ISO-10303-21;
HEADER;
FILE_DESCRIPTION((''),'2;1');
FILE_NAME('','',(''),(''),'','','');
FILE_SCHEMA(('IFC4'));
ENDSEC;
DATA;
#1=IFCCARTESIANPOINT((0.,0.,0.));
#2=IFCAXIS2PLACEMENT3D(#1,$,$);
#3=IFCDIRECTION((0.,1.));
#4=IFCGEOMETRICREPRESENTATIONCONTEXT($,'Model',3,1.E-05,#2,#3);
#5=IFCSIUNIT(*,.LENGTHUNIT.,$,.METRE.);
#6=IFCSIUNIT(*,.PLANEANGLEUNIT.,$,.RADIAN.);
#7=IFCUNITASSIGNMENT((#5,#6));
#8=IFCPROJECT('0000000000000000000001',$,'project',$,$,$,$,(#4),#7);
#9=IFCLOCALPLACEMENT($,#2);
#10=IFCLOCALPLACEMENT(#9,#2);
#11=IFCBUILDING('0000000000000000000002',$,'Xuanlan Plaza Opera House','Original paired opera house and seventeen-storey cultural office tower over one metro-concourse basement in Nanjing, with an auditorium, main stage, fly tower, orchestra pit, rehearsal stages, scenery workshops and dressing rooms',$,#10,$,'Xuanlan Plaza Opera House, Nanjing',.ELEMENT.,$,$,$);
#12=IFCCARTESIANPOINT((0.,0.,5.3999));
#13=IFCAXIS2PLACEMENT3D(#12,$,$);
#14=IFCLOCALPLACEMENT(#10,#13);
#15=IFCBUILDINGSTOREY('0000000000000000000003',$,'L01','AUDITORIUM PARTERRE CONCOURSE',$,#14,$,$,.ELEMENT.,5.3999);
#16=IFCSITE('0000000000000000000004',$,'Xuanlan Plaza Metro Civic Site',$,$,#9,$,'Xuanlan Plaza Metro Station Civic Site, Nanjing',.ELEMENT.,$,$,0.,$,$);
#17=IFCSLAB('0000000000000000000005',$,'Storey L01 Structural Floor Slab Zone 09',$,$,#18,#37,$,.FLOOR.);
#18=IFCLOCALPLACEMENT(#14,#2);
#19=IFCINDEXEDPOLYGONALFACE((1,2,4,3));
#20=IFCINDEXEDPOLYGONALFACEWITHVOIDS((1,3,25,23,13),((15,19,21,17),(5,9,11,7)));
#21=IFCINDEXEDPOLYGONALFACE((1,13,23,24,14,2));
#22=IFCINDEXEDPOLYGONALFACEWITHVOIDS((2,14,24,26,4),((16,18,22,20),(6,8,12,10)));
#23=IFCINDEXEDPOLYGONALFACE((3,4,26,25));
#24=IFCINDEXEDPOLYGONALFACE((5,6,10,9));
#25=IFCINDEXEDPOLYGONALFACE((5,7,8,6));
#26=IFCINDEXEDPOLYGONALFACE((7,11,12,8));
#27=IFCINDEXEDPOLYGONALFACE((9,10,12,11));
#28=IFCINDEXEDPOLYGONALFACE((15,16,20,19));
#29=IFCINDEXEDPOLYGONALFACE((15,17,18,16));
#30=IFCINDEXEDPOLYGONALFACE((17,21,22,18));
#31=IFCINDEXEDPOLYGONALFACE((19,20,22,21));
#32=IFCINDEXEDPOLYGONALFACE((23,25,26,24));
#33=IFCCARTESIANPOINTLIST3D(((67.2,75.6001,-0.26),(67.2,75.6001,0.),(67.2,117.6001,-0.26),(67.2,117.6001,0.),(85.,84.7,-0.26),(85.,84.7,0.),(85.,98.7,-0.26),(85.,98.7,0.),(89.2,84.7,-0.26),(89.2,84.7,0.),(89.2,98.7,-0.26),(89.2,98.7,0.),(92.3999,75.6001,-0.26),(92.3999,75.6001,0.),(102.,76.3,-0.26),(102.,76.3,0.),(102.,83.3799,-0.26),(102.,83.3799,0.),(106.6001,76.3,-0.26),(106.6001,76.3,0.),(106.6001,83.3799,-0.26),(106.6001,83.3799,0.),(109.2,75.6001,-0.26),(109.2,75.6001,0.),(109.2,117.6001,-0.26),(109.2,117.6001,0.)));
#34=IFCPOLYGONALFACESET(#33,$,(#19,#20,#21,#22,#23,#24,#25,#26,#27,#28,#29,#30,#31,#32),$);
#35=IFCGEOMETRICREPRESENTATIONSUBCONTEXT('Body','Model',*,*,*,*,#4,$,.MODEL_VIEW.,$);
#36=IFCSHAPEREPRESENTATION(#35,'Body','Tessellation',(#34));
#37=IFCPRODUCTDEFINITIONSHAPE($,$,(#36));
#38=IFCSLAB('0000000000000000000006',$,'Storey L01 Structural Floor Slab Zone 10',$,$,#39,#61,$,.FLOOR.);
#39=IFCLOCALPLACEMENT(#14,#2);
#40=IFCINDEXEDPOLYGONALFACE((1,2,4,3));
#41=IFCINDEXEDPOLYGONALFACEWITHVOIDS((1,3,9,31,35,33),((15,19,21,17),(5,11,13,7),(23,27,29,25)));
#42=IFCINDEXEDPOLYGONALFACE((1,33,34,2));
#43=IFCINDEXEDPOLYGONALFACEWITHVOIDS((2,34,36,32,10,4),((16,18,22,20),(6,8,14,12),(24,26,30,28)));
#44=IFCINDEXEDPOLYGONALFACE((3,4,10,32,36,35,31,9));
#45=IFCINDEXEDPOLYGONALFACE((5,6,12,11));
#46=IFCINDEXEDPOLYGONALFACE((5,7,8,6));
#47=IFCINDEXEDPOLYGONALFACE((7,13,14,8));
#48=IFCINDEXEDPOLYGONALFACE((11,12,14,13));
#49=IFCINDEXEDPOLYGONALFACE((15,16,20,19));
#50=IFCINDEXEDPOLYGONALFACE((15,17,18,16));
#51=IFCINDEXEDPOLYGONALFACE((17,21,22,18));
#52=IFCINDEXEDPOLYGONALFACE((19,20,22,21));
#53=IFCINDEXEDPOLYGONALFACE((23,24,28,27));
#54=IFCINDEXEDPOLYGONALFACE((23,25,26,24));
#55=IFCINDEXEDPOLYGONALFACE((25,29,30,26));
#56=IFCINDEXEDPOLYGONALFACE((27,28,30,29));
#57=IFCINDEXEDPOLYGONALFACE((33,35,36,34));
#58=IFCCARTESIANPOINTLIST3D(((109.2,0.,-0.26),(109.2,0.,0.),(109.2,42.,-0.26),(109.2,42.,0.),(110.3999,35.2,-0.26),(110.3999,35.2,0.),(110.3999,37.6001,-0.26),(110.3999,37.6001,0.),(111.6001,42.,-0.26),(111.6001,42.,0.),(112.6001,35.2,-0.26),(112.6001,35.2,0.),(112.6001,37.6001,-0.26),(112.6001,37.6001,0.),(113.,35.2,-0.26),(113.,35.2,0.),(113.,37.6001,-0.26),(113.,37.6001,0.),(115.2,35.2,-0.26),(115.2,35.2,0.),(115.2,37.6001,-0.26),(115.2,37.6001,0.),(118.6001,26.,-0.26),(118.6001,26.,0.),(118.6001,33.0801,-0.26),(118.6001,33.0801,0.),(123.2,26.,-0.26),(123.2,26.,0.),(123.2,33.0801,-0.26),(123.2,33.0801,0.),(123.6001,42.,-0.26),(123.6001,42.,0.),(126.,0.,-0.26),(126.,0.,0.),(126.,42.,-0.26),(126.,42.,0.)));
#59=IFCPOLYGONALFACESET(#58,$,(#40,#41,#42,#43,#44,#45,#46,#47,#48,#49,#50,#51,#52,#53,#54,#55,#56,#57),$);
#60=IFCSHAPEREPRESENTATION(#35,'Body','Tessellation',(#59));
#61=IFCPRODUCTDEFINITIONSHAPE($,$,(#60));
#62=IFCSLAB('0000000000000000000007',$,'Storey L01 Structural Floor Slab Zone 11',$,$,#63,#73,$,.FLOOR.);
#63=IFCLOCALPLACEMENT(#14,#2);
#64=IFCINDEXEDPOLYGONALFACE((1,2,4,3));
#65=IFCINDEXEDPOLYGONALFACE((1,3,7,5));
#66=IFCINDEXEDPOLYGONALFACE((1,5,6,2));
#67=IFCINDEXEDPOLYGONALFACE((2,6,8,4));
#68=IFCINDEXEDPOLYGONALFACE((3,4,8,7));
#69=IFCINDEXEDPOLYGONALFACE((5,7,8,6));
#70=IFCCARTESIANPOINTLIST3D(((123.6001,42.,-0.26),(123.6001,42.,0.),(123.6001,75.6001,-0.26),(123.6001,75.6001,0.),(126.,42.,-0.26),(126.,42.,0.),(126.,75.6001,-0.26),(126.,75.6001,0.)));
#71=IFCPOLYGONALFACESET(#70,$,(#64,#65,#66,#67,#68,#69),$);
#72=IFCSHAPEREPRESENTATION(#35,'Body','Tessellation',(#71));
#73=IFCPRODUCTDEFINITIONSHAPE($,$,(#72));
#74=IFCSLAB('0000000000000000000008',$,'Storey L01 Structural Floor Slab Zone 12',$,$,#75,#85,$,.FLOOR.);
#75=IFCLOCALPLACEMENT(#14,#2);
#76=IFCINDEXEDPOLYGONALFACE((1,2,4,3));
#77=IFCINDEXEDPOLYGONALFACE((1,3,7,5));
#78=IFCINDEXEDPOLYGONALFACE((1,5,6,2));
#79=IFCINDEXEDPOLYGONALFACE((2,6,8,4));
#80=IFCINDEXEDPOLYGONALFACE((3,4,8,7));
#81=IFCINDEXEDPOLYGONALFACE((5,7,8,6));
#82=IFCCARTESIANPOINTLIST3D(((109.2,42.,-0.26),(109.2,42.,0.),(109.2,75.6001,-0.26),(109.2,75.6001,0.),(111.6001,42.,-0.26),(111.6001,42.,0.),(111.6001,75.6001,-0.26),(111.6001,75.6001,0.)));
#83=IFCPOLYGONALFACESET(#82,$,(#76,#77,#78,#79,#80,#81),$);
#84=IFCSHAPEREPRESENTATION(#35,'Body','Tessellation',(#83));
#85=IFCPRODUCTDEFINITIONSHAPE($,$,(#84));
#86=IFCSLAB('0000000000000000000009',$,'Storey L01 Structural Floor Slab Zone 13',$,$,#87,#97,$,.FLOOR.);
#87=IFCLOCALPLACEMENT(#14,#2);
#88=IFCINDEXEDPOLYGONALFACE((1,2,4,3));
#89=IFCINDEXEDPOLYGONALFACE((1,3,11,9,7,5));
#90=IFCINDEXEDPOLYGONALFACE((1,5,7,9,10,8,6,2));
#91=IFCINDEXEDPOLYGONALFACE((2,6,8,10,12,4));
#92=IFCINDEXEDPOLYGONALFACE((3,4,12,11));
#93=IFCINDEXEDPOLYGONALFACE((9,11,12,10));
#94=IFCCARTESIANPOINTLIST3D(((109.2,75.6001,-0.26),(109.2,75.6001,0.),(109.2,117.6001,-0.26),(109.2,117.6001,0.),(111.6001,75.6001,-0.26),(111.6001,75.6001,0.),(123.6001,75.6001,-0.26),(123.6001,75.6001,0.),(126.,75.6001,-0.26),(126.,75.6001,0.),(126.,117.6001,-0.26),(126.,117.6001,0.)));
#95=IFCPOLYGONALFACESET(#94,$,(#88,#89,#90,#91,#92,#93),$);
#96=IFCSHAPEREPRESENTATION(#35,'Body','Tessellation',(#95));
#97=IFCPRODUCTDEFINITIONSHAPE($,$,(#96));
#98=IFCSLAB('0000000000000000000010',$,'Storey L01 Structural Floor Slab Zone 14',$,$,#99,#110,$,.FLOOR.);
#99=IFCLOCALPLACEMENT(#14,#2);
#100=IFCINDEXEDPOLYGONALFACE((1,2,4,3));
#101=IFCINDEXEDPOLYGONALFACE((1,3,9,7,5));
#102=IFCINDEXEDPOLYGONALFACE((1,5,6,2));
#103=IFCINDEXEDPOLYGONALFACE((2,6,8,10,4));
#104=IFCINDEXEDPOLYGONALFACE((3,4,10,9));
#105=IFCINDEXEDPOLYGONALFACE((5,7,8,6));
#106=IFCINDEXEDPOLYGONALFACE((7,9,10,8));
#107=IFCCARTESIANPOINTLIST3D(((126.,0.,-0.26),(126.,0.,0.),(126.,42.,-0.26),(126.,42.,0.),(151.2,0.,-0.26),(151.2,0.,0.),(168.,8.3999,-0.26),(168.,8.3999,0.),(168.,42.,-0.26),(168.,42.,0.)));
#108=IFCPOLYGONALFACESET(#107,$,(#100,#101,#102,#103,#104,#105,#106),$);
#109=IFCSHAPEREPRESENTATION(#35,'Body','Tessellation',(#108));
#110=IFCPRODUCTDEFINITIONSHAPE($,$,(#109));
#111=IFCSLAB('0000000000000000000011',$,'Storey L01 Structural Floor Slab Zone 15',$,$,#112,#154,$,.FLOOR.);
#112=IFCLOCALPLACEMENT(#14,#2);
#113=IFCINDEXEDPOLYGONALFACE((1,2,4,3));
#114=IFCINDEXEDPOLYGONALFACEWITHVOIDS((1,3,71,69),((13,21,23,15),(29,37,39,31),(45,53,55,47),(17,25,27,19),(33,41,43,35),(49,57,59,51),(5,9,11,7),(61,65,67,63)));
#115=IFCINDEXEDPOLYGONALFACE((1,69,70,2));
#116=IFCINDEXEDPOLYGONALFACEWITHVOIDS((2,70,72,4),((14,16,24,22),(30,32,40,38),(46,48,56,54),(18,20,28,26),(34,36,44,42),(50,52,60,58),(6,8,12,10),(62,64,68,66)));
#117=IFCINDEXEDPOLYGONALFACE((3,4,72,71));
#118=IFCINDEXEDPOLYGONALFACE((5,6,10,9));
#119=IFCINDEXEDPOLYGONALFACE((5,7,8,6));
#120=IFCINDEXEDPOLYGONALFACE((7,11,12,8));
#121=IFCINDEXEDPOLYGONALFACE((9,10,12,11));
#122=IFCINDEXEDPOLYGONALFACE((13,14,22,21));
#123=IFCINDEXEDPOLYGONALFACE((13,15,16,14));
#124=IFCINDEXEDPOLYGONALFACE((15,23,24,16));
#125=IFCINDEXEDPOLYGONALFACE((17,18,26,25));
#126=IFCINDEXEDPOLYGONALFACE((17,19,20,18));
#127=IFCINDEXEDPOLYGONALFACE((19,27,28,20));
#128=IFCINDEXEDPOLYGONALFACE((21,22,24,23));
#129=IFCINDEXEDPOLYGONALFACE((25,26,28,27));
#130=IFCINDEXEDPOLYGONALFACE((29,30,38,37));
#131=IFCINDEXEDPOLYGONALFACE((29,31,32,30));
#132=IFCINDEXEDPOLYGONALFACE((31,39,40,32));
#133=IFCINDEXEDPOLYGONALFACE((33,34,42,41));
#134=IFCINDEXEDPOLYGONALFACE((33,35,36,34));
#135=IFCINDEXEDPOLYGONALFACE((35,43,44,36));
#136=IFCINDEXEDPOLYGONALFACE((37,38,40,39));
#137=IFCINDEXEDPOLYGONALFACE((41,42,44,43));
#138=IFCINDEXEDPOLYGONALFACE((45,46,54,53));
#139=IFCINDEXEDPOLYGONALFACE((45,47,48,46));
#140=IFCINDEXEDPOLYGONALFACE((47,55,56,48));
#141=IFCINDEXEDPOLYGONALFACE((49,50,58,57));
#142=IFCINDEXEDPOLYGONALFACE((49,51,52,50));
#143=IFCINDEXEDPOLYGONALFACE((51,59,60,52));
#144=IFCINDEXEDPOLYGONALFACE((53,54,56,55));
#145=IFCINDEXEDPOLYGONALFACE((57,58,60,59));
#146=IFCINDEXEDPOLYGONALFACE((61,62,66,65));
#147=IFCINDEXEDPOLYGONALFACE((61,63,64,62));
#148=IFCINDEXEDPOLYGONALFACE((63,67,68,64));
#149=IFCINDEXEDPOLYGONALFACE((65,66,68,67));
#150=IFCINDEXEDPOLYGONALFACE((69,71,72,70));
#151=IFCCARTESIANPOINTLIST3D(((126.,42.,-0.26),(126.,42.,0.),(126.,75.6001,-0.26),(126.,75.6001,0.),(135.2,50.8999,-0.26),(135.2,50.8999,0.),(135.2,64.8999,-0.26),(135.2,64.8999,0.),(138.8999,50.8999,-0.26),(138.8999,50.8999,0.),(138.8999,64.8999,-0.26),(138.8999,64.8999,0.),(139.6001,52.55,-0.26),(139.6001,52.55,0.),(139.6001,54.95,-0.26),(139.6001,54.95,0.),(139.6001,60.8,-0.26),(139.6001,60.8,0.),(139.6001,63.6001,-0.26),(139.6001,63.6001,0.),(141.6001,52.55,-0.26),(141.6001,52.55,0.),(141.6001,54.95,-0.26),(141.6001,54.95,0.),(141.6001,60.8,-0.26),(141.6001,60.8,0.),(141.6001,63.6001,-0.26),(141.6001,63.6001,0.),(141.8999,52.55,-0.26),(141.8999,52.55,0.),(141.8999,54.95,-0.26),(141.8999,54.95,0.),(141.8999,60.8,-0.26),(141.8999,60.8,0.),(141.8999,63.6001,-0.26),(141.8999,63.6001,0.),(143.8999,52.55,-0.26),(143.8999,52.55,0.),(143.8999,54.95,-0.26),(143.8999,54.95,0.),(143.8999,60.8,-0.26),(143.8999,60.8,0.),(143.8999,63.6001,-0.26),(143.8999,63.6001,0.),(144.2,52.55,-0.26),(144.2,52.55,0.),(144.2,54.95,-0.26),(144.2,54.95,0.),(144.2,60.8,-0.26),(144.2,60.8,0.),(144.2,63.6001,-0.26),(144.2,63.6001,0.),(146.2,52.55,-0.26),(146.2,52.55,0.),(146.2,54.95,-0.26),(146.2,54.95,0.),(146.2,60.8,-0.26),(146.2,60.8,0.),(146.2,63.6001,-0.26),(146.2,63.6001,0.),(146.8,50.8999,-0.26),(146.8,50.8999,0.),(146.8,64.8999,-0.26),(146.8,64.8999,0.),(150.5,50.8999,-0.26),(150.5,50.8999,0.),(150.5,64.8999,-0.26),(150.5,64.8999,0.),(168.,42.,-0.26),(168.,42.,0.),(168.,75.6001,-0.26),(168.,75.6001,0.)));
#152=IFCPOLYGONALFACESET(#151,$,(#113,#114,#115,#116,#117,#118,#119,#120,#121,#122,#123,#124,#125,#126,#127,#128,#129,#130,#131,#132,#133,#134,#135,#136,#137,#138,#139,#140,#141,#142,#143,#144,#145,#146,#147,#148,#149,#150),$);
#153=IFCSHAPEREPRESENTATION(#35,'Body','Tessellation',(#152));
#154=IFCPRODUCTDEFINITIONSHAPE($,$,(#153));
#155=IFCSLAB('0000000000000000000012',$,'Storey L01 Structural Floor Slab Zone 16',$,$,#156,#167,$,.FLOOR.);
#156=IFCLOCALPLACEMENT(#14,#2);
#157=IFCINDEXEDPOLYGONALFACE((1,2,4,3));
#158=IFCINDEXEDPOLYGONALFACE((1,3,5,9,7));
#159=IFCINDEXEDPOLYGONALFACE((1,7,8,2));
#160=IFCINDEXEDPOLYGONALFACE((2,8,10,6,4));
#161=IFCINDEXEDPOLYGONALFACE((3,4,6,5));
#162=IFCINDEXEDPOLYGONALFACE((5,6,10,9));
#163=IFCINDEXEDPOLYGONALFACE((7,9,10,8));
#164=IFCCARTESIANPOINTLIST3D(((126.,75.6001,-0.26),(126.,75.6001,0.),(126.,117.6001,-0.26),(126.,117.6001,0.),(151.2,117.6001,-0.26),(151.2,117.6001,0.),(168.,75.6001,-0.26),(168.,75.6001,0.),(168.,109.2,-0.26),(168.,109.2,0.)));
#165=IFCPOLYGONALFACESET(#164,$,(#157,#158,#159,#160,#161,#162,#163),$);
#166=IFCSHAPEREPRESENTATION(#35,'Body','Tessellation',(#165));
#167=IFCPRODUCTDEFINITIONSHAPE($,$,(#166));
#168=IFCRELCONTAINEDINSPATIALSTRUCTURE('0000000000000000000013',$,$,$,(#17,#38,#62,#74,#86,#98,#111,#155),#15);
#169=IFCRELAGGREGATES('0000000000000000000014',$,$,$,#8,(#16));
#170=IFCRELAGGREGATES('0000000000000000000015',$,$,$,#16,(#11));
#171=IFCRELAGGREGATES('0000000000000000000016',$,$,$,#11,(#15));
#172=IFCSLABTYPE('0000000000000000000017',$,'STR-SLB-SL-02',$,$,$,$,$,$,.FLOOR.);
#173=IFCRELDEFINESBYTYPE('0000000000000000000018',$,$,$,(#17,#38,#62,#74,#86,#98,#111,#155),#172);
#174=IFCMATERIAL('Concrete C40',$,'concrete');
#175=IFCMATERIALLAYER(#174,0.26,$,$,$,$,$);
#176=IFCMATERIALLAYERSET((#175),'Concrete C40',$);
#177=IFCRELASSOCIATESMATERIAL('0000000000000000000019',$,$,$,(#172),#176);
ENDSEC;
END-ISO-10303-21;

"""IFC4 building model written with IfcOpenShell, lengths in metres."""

from ifc_helpers import new_model, si_unit, direction, frame, origin, place, context, subcontext, project, spatial, polyline, outline, extrude, material, layer, layer_set, type_object, element, save


model = new_model("IFC4")

# Units and contexts
model_context = context("Model", 3, precision=1e-05, world=origin(), true_north=direction((0.0, 1.0)))
body_context = subcontext(model_context, "Body", "Model", "MODEL_VIEW")
ifc_project = project(units=[si_unit("LENGTHUNIT", "METRE"), si_unit("PLANEANGLEUNIT", "RADIAN")], contexts=[model_context])

# Site, building, storey
site_placement = place(None, origin())
site = spatial("IfcSite", under=ifc_project, at=site_placement, Name="Xuanlan Plaza Metro Civic Site", LongName="Xuanlan Plaza Metro Station Civic Site, Nanjing", CompositionType="ELEMENT", RefElevation=0.0)
building_placement = place(site_placement, origin())
building = spatial("IfcBuilding", under=site, at=building_placement, Name="Xuanlan Plaza Opera House", Description="Original paired opera house and seventeen-storey cultural office tower over one metro-concourse basement in Nanjing, with an auditorium, main stage, fly tower, orchestra pit, rehearsal stages, scenery workshops and dressing rooms", LongName="Xuanlan Plaza Opera House, Nanjing", CompositionType="ELEMENT")
storey_placement = place(building_placement, frame((0.0, 0.0, 5.3999)))
storey = spatial("IfcBuildingStorey", under=building, at=storey_placement, Name="L01", Description="AUDITORIUM PARTERRE CONCOURSE", CompositionType="ELEMENT", Elevation=5.3999)

# Shared definitions
ifc_material = material(Name="Concrete C40", Category="concrete")

# Slabs
ifc_layer_1 = layer(ifc_material, 0.26)
ifc_layer_set_1 = layer_set([ifc_layer_1], Name="Concrete C40")
slab_type_1 = type_object("IfcSlabType", Name="STR-SLB-SL-02", PredefinedType="FLOOR", material=ifc_layer_set_1)
slab_1_placement = place(storey_placement, frame((0.0, 0.0, -0.26)))
element("IfcSlab", 1, at=slab_1_placement, inside=storey, type_object=slab_type_1, Name="Storey L01 Structural Floor Slab Zone 09", PredefinedType="FLOOR", context=body_context, shape_type="SweptSolid", body=[
    extrude(outline(polyline([(109.2, 117.6001), (109.2, 75.6001), (92.3999, 75.6001), (67.2, 75.6001), (67.2, 117.6001), (109.2, 117.6001)]), holes=[polyline([(89.2, 84.7), (89.2, 98.7), (85.0, 98.7), (85.0, 84.7), (89.2, 84.7)]), polyline([(102.0, 83.3799), (102.0, 76.3), (106.6001, 76.3), (106.6001, 83.3799), (102.0, 83.3799)])]), origin(), (0.0, 0.0, 1.0), 0.26),
])
slab_2_placement = place(storey_placement, frame((0.0, 0.0, -0.26)))
element("IfcSlab", 2, at=slab_2_placement, inside=storey, type_object=slab_type_1, Name="Storey L01 Structural Floor Slab Zone 10", PredefinedType="FLOOR", context=body_context, shape_type="SweptSolid", body=[
    extrude(outline(polyline([(109.2, 0.0), (109.2, 42.0), (111.6001, 42.0), (123.6001, 42.0), (126.0, 42.0), (126.0, 0.0), (109.2, 0.0)]), holes=[polyline([(123.2, 33.0801), (118.6001, 33.0801), (118.6001, 26.0), (123.2, 26.0), (123.2, 33.0801)]), polyline([(110.3999, 37.6001), (110.3999, 35.2), (112.6001, 35.2), (112.6001, 37.6001), (110.3999, 37.6001)]), polyline([(115.2, 37.6001), (113.0, 37.6001), (113.0, 35.2), (115.2, 35.2), (115.2, 37.6001)])]), origin(), (0.0, 0.0, 1.0), 0.26),
])
slab_3_placement = place(storey_placement, frame((0.0, 0.0, -0.26)))
element("IfcSlab", 3, at=slab_3_placement, inside=storey, type_object=slab_type_1, Name="Storey L01 Structural Floor Slab Zone 11", PredefinedType="FLOOR", context=body_context, shape_type="SweptSolid", body=[
    extrude(outline(polyline([(123.6001, 75.6001), (126.0, 75.6001), (126.0, 42.0), (123.6001, 42.0), (123.6001, 75.6001)])), origin(), (0.0, 0.0, 1.0), 0.26),
])
slab_4_placement = place(storey_placement, frame((0.0, 0.0, -0.26)))
element("IfcSlab", 4, at=slab_4_placement, inside=storey, type_object=slab_type_1, Name="Storey L01 Structural Floor Slab Zone 12", PredefinedType="FLOOR", context=body_context, shape_type="SweptSolid", body=[
    extrude(outline(polyline([(111.6001, 42.0), (109.2, 42.0), (109.2, 75.6001), (111.6001, 75.6001), (111.6001, 42.0)])), origin(), (0.0, 0.0, 1.0), 0.26),
])
slab_5_placement = place(storey_placement, frame((0.0, 0.0, -0.26)))
element("IfcSlab", 5, at=slab_5_placement, inside=storey, type_object=slab_type_1, Name="Storey L01 Structural Floor Slab Zone 13", PredefinedType="FLOOR", context=body_context, shape_type="SweptSolid", body=[
    extrude(outline(polyline([(126.0, 117.6001), (126.0, 75.6001), (123.6001, 75.6001), (111.6001, 75.6001), (109.2, 75.6001), (109.2, 117.6001), (126.0, 117.6001)])), origin(), (0.0, 0.0, 1.0), 0.26),
])
slab_6_placement = place(storey_placement, frame((0.0, 0.0, -0.26)))
element("IfcSlab", 6, at=slab_6_placement, inside=storey, type_object=slab_type_1, Name="Storey L01 Structural Floor Slab Zone 14", PredefinedType="FLOOR", context=body_context, shape_type="SweptSolid", body=[
    extrude(outline(polyline([(168.0, 8.3999), (151.2, 0.0), (126.0, 0.0), (126.0, 42.0), (168.0, 42.0), (168.0, 8.3999)])), origin(), (0.0, 0.0, 1.0), 0.26),
])
slab_7_placement = place(storey_placement, frame((0.0, 0.0, -0.26)))
element("IfcSlab", 7, at=slab_7_placement, inside=storey, type_object=slab_type_1, Name="Storey L01 Structural Floor Slab Zone 15", PredefinedType="FLOOR", context=body_context, shape_type="SweptSolid", body=[
    extrude(outline(polyline([(168.0, 42.0), (126.0, 42.0), (126.0, 75.6001), (168.0, 75.6001), (168.0, 42.0)]), holes=[polyline([(138.8999, 64.8999), (135.2, 64.8999), (135.2, 50.8999), (138.8999, 50.8999), (138.8999, 64.8999)]), polyline([(150.5, 50.8999), (150.5, 64.8999), (146.8, 64.8999), (146.8, 50.8999), (150.5, 50.8999)]), polyline([(141.6001, 60.8), (141.6001, 63.6001), (139.6001, 63.6001), (139.6001, 60.8), (141.6001, 60.8)]), polyline([(141.8999, 60.8), (143.8999, 60.8), (143.8999, 63.6001), (141.8999, 63.6001), (141.8999, 60.8)]), polyline([(144.2, 63.6001), (144.2, 60.8), (146.2, 60.8), (146.2, 63.6001), (144.2, 63.6001)]), polyline([(141.6001, 54.95), (139.6001, 54.95), (139.6001, 52.55), (141.6001, 52.55), (141.6001, 54.95)]), polyline([(143.8999, 52.55), (143.8999, 54.95), (141.8999, 54.95), (141.8999, 52.55), (143.8999, 52.55)]), polyline([(144.2, 52.55), (146.2, 52.55), (146.2, 54.95), (144.2, 54.95), (144.2, 52.55)])]), origin(), (0.0, 0.0, 1.0), 0.26),
])
slab_8_placement = place(storey_placement, frame((0.0, 0.0, -0.26)))
element("IfcSlab", 8, at=slab_8_placement, inside=storey, type_object=slab_type_1, Name="Storey L01 Structural Floor Slab Zone 16", PredefinedType="FLOOR", context=body_context, shape_type="SweptSolid", body=[
    extrude(outline(polyline([(168.0, 75.6001), (126.0, 75.6001), (126.0, 117.6001), (151.2, 117.6001), (168.0, 109.2), (168.0, 75.6001)])), origin(), (0.0, 0.0, 1.0), 0.26),
])

save(model, "model.ifc")
